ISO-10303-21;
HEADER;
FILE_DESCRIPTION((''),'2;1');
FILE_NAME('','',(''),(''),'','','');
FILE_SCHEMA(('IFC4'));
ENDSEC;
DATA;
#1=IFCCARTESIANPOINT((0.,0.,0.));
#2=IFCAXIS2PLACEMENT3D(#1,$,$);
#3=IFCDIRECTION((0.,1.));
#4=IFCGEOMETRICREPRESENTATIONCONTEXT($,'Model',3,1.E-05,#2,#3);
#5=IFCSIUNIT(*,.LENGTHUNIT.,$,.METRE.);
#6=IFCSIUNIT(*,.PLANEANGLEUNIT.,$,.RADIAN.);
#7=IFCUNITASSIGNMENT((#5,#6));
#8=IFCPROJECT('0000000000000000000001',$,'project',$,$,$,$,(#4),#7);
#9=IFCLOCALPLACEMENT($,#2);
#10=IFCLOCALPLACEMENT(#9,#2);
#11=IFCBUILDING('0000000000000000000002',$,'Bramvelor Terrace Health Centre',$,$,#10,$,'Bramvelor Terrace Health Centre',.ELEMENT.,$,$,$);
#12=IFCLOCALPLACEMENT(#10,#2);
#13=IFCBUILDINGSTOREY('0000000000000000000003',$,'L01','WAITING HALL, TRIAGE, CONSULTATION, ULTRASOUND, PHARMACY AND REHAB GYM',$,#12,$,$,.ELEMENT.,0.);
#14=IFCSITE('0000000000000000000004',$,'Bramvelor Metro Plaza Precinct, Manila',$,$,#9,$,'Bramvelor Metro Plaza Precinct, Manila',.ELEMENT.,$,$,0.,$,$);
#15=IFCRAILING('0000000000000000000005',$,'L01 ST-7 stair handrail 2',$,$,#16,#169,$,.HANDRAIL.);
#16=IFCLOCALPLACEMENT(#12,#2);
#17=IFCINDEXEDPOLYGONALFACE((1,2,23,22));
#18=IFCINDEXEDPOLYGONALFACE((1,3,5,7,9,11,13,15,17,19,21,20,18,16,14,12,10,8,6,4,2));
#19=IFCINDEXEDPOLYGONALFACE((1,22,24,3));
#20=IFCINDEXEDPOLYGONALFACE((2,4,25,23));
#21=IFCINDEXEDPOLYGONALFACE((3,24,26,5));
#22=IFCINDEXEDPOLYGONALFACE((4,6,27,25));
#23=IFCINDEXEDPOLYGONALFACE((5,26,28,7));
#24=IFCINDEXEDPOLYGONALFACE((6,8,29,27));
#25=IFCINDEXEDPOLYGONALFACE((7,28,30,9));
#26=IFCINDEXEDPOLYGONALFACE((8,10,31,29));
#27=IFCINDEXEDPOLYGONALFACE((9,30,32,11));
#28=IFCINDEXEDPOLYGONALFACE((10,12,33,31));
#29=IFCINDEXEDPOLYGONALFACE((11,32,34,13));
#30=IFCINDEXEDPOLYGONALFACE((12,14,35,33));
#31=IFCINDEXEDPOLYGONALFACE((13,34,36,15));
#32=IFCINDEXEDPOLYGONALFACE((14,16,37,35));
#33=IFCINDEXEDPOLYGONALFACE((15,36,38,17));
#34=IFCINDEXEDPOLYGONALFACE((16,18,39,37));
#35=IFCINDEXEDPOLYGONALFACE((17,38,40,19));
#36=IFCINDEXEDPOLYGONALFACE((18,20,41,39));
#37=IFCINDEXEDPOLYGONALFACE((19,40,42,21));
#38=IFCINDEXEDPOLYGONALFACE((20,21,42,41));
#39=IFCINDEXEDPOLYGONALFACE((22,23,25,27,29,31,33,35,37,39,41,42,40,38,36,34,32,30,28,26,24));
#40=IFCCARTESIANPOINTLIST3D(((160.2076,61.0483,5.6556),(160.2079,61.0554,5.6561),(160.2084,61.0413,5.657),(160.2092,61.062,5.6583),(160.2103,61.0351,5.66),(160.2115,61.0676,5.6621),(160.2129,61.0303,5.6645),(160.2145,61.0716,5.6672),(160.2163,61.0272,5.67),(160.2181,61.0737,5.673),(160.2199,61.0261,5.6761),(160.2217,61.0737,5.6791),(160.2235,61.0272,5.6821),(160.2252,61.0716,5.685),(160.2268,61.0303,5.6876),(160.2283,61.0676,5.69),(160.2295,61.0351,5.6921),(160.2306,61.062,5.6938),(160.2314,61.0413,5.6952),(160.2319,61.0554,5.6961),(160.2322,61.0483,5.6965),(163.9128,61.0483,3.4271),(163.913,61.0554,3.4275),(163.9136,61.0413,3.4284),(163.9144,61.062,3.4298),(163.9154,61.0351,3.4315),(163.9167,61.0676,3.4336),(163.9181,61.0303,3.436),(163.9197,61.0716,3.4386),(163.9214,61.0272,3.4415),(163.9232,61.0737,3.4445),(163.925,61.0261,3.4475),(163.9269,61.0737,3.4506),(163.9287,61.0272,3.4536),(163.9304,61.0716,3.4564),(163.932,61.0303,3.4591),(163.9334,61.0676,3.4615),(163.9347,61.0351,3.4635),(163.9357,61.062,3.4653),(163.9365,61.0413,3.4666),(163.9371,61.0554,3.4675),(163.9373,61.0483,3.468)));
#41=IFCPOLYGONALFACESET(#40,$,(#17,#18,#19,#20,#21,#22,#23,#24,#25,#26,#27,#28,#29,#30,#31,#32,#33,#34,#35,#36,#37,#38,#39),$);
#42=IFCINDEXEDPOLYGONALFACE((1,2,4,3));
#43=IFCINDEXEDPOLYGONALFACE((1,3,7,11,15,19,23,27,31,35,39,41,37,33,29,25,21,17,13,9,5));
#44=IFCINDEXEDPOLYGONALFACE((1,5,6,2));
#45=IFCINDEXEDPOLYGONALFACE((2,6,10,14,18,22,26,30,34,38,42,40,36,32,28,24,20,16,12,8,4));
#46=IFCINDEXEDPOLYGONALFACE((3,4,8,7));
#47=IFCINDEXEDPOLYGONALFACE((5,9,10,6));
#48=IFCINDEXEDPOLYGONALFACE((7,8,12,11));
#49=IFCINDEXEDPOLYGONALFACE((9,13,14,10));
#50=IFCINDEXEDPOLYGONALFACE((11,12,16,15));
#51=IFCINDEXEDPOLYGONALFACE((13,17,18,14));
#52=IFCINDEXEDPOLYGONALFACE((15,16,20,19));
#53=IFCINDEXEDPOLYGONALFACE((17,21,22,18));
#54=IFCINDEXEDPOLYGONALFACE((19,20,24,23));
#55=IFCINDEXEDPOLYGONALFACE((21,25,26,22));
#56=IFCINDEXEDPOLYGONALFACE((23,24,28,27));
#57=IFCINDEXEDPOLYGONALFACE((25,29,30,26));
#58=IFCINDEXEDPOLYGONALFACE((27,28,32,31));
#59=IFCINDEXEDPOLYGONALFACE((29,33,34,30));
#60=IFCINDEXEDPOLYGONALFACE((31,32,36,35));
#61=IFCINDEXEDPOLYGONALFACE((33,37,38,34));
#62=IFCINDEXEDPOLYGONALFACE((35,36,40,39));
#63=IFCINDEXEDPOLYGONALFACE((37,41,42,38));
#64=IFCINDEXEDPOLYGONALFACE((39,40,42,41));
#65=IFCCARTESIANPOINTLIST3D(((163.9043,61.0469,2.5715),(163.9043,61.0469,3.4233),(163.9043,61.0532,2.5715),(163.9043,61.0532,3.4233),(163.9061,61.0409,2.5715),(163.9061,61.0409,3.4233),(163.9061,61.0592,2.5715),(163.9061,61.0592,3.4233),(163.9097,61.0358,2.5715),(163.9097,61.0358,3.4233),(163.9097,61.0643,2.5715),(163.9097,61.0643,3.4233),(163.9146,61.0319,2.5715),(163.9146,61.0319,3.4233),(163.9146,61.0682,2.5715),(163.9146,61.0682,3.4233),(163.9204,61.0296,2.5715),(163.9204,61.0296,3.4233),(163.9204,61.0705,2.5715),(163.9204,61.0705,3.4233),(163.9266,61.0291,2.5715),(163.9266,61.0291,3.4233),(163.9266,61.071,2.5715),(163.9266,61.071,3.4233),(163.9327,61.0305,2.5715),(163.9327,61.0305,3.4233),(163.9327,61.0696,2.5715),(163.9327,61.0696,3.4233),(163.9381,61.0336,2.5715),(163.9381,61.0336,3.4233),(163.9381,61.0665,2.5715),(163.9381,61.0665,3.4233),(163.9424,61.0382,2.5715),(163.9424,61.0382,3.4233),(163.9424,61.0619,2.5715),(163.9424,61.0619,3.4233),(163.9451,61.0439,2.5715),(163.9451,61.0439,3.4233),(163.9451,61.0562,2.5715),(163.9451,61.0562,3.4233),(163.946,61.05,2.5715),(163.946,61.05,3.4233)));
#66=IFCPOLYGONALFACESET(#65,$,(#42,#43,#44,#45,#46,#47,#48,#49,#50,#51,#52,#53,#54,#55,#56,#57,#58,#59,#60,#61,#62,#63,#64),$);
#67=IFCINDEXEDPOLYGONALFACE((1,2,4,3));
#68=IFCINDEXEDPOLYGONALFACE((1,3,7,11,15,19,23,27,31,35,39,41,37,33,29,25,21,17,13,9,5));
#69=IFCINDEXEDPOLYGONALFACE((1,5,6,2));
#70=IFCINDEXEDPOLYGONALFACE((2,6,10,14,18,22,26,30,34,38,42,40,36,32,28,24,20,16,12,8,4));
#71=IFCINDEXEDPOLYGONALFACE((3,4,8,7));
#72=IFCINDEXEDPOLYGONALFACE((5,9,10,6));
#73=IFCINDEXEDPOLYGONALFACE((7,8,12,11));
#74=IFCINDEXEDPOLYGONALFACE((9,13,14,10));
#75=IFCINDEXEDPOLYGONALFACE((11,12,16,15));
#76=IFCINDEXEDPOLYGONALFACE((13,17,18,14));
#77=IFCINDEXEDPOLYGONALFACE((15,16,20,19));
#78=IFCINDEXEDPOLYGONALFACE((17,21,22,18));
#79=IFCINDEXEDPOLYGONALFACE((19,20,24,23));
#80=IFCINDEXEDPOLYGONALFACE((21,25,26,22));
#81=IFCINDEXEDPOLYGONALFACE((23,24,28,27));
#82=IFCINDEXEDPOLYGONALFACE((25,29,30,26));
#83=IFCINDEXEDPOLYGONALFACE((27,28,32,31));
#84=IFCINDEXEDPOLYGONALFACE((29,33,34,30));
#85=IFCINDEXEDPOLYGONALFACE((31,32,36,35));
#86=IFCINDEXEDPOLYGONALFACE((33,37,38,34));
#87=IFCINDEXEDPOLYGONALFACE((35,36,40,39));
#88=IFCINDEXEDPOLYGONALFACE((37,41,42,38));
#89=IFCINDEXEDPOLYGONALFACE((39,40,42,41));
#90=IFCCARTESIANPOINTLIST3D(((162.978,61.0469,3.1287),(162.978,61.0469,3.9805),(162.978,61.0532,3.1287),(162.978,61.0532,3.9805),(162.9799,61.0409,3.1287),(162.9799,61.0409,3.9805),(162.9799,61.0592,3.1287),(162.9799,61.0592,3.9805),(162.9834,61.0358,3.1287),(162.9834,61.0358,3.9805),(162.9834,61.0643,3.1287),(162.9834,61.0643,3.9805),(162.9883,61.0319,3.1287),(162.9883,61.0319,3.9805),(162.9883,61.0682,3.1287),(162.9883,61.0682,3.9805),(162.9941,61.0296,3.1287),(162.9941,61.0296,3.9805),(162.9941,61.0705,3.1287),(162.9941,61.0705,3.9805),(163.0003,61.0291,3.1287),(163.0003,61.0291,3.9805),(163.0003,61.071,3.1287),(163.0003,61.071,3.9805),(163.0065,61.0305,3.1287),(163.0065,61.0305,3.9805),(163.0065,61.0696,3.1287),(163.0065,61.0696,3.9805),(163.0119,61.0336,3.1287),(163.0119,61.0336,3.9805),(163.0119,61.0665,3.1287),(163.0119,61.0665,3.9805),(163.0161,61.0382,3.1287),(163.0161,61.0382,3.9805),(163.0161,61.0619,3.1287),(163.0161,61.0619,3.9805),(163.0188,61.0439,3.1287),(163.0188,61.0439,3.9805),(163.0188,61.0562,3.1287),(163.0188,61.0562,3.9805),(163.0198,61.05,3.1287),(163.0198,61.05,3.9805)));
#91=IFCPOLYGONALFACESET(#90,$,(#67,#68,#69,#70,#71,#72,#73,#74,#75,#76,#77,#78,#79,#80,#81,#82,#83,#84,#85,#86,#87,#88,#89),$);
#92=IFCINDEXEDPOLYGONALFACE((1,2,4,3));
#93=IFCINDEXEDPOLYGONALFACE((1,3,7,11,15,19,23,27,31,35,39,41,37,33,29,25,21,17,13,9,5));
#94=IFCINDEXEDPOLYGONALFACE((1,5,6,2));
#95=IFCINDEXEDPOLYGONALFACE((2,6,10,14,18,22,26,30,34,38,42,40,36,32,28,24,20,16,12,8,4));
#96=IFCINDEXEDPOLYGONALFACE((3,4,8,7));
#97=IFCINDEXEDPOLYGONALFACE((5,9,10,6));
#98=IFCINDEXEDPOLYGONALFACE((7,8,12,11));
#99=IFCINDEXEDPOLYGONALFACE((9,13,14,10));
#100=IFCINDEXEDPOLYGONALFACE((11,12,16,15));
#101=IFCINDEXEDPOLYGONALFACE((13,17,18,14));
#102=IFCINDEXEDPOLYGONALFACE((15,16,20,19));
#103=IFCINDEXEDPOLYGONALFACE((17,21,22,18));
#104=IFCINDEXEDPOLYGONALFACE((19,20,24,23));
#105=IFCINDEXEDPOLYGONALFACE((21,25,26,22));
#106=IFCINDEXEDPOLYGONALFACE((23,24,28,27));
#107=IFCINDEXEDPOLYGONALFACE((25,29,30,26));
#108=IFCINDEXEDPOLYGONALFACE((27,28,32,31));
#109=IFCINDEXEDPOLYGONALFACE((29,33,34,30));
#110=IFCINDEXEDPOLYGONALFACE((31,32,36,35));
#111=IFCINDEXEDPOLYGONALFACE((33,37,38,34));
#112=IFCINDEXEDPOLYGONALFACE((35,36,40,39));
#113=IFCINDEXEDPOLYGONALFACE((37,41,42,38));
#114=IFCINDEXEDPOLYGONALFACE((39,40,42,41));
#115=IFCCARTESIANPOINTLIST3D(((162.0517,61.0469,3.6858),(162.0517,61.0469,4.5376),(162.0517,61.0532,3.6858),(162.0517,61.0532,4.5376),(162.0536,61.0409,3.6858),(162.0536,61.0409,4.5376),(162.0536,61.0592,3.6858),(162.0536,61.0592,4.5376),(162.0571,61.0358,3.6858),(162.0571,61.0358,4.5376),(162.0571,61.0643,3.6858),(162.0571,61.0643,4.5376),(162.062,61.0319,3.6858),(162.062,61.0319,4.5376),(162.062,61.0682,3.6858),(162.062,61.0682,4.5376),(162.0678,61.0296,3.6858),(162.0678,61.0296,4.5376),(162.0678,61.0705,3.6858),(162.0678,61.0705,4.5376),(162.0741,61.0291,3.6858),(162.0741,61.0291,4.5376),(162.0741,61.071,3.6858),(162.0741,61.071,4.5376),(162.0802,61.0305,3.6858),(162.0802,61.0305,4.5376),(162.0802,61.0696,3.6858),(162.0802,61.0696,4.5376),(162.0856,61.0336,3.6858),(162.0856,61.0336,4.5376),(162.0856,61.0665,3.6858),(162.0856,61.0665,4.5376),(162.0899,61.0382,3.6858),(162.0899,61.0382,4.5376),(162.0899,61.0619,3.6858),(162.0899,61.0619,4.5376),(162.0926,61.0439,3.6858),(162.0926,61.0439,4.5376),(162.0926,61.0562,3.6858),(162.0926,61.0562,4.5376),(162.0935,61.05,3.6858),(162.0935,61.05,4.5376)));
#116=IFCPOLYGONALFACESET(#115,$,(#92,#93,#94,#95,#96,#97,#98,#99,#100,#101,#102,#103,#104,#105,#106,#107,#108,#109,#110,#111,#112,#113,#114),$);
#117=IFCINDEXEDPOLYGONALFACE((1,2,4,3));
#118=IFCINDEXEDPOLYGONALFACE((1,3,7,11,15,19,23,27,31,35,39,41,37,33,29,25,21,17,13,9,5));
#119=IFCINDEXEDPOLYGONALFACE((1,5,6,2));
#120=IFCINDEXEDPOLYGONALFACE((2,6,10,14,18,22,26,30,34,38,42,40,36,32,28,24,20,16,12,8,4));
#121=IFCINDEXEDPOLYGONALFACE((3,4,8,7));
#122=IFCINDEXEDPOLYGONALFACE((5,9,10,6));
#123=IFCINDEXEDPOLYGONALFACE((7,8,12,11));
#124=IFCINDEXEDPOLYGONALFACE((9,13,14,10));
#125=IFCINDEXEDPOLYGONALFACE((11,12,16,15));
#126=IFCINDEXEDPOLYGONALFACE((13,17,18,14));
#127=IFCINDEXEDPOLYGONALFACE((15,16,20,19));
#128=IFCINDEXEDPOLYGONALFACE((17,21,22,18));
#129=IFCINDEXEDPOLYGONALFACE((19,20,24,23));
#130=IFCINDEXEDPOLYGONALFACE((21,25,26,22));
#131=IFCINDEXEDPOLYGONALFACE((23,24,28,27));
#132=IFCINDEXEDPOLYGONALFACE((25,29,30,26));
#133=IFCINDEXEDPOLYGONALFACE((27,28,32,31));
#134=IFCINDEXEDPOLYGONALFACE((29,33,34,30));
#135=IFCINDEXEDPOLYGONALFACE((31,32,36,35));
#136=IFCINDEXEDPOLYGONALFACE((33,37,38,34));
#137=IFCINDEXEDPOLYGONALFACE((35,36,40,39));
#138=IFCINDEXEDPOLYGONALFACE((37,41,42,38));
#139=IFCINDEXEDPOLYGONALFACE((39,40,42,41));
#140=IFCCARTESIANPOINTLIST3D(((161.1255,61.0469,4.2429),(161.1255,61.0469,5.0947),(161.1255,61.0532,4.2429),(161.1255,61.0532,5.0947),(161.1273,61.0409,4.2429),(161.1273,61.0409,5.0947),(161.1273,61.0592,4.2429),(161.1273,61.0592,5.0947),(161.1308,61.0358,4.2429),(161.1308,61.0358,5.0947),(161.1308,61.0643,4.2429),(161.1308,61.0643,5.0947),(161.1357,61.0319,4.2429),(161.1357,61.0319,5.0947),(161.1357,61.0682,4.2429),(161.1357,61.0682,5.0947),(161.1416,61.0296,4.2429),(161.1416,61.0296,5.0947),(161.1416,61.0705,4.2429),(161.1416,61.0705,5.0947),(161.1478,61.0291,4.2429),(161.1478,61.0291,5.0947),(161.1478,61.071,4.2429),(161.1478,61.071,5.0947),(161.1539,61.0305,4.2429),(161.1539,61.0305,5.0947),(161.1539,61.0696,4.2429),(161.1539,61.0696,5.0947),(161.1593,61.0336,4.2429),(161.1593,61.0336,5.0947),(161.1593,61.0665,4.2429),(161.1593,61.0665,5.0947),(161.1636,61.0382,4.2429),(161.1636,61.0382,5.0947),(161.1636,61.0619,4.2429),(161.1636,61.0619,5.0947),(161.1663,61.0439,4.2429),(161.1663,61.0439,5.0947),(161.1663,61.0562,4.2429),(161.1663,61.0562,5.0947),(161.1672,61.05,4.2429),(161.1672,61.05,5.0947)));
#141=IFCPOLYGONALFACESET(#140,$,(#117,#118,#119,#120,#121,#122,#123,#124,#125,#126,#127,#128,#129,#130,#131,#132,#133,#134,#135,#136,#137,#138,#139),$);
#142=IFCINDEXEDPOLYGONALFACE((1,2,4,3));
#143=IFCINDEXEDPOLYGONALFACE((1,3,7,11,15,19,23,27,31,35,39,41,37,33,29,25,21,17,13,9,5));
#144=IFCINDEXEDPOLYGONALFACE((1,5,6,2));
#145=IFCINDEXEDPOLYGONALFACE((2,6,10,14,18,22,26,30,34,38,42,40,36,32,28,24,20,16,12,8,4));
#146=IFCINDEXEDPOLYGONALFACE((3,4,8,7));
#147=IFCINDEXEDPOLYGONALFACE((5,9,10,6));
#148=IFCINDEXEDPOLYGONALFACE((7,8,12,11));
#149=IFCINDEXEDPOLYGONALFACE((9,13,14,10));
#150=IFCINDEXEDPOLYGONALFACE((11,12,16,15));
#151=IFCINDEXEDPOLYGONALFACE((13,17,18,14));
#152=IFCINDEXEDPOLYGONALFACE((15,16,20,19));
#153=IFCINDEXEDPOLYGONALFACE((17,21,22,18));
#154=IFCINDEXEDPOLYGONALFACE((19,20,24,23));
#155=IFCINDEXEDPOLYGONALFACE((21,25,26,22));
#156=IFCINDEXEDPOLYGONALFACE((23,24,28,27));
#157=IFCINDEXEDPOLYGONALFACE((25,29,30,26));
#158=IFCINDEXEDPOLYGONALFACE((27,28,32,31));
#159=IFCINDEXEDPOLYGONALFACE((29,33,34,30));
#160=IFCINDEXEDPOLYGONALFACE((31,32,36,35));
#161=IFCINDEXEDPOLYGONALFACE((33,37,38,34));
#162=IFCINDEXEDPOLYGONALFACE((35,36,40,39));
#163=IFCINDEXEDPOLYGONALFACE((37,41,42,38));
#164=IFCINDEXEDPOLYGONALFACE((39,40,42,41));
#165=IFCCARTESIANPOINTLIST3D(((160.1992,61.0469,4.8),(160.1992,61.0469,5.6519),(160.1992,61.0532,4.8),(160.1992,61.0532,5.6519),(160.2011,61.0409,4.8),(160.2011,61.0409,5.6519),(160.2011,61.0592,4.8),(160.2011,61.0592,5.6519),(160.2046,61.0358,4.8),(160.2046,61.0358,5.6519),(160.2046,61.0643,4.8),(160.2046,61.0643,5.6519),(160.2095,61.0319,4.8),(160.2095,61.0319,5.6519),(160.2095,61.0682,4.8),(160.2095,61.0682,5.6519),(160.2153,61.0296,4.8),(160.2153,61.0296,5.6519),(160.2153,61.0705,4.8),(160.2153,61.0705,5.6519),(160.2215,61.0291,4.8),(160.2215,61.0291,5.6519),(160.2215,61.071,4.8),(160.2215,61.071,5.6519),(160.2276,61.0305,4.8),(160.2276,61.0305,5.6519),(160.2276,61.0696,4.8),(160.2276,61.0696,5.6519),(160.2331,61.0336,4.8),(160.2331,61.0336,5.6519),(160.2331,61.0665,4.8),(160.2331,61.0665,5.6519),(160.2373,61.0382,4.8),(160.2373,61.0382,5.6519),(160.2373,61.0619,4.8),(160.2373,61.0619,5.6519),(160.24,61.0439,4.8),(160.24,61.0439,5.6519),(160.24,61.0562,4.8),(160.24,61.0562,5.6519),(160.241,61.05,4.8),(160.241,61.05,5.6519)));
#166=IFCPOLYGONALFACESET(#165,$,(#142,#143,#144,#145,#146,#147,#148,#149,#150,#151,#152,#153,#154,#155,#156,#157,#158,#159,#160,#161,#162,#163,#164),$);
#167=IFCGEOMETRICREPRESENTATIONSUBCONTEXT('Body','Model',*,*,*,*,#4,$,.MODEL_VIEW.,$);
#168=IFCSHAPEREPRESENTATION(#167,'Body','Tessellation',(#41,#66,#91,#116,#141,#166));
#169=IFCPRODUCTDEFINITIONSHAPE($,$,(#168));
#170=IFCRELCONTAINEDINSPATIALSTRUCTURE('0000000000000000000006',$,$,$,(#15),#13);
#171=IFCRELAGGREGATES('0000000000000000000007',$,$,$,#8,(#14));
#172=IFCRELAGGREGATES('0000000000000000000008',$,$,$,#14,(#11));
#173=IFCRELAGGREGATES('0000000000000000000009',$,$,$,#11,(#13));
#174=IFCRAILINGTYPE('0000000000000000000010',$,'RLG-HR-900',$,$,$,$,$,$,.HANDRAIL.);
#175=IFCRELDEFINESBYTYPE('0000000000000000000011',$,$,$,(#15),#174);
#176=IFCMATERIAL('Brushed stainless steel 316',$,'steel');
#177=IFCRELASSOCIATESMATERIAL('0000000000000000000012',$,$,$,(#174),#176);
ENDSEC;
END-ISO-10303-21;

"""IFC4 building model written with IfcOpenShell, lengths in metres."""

from ifc_helpers import new_model, si_unit, direction, frame, origin, origin_2d, place, context, subcontext, project, spatial, circle, extrude, material, type_object, element, save


model = new_model("IFC4")

# Units and contexts
model_context = context("Model", 3, precision=1e-05, world=origin(), true_north=direction((0.0, 1.0)))
body_context = subcontext(model_context, "Body", "Model", "MODEL_VIEW")
ifc_project = project(units=[si_unit("LENGTHUNIT", "METRE"), si_unit("PLANEANGLEUNIT", "RADIAN")], contexts=[model_context])

# Site, building, storey
site_placement = place(None, origin())
site = spatial("IfcSite", under=ifc_project, at=site_placement, Name="Bramvelor Metro Plaza Precinct, Manila", LongName="Bramvelor Metro Plaza Precinct, Manila", CompositionType="ELEMENT", RefElevation=0.0)
building_placement = place(site_placement, origin())
building = spatial("IfcBuilding", under=site, at=building_placement, Name="Bramvelor Terrace Health Centre", LongName="Bramvelor Terrace Health Centre", CompositionType="ELEMENT")
storey_placement = place(building_placement, origin())
storey = spatial("IfcBuildingStorey", under=building, at=storey_placement, Name="L01", Description="WAITING HALL, TRIAGE, CONSULTATION, ULTRASOUND, PHARMACY AND REHAB GYM", CompositionType="ELEMENT", Elevation=0.0)

# Railing
ifc_material_1 = material(Name="Brushed stainless steel 316", Category="steel")
railing_type_1 = type_object("IfcRailingType", Name="RLG-HR-900", PredefinedType="HANDRAIL", material=ifc_material_1)
railing_1_placement = place(storey_placement, frame((163.925, 61.05, 2.5715)))
element("IfcRailing", 1, at=railing_1_placement, inside=storey, type_object=railing_type_1, Name="L01 ST-7 stair handrail 2", PredefinedType="HANDRAIL", context=body_context, shape_type="SweptSolid", body=[
    extrude(circle(Radius=0.0239, at=origin_2d()), frame((0.0, 0.0, 0.876), z_axis=(-0.856934, 0.0, 0.515425), x_axis=(0.0, -1.0, 0.0)), (0.0, 0.0, 1.0), 4.3237),
    extrude(circle(Radius=0.021, at=origin_2d()), origin(), (0.0, 0.0, 1.0), 0.8518),
    extrude(circle(Radius=0.021, at=origin_2d()), frame((-0.9263, 0.0, 0.5571)), (0.0, 0.0, 1.0), 0.8518),
    extrude(circle(Radius=0.021, at=origin_2d()), frame((-1.8525, 0.0, 1.1143)), (0.0, 0.0, 1.0), 0.8518),
    extrude(circle(Radius=0.021, at=origin_2d()), frame((-2.7788, 0.0, 1.6714)), (0.0, 0.0, 1.0), 0.8518),
    extrude(circle(Radius=0.021, at=origin_2d()), frame((-3.7051, 0.0, 2.2285)), (0.0, 0.0, 1.0), 0.8518),
])

save(model, "model.ifc")
